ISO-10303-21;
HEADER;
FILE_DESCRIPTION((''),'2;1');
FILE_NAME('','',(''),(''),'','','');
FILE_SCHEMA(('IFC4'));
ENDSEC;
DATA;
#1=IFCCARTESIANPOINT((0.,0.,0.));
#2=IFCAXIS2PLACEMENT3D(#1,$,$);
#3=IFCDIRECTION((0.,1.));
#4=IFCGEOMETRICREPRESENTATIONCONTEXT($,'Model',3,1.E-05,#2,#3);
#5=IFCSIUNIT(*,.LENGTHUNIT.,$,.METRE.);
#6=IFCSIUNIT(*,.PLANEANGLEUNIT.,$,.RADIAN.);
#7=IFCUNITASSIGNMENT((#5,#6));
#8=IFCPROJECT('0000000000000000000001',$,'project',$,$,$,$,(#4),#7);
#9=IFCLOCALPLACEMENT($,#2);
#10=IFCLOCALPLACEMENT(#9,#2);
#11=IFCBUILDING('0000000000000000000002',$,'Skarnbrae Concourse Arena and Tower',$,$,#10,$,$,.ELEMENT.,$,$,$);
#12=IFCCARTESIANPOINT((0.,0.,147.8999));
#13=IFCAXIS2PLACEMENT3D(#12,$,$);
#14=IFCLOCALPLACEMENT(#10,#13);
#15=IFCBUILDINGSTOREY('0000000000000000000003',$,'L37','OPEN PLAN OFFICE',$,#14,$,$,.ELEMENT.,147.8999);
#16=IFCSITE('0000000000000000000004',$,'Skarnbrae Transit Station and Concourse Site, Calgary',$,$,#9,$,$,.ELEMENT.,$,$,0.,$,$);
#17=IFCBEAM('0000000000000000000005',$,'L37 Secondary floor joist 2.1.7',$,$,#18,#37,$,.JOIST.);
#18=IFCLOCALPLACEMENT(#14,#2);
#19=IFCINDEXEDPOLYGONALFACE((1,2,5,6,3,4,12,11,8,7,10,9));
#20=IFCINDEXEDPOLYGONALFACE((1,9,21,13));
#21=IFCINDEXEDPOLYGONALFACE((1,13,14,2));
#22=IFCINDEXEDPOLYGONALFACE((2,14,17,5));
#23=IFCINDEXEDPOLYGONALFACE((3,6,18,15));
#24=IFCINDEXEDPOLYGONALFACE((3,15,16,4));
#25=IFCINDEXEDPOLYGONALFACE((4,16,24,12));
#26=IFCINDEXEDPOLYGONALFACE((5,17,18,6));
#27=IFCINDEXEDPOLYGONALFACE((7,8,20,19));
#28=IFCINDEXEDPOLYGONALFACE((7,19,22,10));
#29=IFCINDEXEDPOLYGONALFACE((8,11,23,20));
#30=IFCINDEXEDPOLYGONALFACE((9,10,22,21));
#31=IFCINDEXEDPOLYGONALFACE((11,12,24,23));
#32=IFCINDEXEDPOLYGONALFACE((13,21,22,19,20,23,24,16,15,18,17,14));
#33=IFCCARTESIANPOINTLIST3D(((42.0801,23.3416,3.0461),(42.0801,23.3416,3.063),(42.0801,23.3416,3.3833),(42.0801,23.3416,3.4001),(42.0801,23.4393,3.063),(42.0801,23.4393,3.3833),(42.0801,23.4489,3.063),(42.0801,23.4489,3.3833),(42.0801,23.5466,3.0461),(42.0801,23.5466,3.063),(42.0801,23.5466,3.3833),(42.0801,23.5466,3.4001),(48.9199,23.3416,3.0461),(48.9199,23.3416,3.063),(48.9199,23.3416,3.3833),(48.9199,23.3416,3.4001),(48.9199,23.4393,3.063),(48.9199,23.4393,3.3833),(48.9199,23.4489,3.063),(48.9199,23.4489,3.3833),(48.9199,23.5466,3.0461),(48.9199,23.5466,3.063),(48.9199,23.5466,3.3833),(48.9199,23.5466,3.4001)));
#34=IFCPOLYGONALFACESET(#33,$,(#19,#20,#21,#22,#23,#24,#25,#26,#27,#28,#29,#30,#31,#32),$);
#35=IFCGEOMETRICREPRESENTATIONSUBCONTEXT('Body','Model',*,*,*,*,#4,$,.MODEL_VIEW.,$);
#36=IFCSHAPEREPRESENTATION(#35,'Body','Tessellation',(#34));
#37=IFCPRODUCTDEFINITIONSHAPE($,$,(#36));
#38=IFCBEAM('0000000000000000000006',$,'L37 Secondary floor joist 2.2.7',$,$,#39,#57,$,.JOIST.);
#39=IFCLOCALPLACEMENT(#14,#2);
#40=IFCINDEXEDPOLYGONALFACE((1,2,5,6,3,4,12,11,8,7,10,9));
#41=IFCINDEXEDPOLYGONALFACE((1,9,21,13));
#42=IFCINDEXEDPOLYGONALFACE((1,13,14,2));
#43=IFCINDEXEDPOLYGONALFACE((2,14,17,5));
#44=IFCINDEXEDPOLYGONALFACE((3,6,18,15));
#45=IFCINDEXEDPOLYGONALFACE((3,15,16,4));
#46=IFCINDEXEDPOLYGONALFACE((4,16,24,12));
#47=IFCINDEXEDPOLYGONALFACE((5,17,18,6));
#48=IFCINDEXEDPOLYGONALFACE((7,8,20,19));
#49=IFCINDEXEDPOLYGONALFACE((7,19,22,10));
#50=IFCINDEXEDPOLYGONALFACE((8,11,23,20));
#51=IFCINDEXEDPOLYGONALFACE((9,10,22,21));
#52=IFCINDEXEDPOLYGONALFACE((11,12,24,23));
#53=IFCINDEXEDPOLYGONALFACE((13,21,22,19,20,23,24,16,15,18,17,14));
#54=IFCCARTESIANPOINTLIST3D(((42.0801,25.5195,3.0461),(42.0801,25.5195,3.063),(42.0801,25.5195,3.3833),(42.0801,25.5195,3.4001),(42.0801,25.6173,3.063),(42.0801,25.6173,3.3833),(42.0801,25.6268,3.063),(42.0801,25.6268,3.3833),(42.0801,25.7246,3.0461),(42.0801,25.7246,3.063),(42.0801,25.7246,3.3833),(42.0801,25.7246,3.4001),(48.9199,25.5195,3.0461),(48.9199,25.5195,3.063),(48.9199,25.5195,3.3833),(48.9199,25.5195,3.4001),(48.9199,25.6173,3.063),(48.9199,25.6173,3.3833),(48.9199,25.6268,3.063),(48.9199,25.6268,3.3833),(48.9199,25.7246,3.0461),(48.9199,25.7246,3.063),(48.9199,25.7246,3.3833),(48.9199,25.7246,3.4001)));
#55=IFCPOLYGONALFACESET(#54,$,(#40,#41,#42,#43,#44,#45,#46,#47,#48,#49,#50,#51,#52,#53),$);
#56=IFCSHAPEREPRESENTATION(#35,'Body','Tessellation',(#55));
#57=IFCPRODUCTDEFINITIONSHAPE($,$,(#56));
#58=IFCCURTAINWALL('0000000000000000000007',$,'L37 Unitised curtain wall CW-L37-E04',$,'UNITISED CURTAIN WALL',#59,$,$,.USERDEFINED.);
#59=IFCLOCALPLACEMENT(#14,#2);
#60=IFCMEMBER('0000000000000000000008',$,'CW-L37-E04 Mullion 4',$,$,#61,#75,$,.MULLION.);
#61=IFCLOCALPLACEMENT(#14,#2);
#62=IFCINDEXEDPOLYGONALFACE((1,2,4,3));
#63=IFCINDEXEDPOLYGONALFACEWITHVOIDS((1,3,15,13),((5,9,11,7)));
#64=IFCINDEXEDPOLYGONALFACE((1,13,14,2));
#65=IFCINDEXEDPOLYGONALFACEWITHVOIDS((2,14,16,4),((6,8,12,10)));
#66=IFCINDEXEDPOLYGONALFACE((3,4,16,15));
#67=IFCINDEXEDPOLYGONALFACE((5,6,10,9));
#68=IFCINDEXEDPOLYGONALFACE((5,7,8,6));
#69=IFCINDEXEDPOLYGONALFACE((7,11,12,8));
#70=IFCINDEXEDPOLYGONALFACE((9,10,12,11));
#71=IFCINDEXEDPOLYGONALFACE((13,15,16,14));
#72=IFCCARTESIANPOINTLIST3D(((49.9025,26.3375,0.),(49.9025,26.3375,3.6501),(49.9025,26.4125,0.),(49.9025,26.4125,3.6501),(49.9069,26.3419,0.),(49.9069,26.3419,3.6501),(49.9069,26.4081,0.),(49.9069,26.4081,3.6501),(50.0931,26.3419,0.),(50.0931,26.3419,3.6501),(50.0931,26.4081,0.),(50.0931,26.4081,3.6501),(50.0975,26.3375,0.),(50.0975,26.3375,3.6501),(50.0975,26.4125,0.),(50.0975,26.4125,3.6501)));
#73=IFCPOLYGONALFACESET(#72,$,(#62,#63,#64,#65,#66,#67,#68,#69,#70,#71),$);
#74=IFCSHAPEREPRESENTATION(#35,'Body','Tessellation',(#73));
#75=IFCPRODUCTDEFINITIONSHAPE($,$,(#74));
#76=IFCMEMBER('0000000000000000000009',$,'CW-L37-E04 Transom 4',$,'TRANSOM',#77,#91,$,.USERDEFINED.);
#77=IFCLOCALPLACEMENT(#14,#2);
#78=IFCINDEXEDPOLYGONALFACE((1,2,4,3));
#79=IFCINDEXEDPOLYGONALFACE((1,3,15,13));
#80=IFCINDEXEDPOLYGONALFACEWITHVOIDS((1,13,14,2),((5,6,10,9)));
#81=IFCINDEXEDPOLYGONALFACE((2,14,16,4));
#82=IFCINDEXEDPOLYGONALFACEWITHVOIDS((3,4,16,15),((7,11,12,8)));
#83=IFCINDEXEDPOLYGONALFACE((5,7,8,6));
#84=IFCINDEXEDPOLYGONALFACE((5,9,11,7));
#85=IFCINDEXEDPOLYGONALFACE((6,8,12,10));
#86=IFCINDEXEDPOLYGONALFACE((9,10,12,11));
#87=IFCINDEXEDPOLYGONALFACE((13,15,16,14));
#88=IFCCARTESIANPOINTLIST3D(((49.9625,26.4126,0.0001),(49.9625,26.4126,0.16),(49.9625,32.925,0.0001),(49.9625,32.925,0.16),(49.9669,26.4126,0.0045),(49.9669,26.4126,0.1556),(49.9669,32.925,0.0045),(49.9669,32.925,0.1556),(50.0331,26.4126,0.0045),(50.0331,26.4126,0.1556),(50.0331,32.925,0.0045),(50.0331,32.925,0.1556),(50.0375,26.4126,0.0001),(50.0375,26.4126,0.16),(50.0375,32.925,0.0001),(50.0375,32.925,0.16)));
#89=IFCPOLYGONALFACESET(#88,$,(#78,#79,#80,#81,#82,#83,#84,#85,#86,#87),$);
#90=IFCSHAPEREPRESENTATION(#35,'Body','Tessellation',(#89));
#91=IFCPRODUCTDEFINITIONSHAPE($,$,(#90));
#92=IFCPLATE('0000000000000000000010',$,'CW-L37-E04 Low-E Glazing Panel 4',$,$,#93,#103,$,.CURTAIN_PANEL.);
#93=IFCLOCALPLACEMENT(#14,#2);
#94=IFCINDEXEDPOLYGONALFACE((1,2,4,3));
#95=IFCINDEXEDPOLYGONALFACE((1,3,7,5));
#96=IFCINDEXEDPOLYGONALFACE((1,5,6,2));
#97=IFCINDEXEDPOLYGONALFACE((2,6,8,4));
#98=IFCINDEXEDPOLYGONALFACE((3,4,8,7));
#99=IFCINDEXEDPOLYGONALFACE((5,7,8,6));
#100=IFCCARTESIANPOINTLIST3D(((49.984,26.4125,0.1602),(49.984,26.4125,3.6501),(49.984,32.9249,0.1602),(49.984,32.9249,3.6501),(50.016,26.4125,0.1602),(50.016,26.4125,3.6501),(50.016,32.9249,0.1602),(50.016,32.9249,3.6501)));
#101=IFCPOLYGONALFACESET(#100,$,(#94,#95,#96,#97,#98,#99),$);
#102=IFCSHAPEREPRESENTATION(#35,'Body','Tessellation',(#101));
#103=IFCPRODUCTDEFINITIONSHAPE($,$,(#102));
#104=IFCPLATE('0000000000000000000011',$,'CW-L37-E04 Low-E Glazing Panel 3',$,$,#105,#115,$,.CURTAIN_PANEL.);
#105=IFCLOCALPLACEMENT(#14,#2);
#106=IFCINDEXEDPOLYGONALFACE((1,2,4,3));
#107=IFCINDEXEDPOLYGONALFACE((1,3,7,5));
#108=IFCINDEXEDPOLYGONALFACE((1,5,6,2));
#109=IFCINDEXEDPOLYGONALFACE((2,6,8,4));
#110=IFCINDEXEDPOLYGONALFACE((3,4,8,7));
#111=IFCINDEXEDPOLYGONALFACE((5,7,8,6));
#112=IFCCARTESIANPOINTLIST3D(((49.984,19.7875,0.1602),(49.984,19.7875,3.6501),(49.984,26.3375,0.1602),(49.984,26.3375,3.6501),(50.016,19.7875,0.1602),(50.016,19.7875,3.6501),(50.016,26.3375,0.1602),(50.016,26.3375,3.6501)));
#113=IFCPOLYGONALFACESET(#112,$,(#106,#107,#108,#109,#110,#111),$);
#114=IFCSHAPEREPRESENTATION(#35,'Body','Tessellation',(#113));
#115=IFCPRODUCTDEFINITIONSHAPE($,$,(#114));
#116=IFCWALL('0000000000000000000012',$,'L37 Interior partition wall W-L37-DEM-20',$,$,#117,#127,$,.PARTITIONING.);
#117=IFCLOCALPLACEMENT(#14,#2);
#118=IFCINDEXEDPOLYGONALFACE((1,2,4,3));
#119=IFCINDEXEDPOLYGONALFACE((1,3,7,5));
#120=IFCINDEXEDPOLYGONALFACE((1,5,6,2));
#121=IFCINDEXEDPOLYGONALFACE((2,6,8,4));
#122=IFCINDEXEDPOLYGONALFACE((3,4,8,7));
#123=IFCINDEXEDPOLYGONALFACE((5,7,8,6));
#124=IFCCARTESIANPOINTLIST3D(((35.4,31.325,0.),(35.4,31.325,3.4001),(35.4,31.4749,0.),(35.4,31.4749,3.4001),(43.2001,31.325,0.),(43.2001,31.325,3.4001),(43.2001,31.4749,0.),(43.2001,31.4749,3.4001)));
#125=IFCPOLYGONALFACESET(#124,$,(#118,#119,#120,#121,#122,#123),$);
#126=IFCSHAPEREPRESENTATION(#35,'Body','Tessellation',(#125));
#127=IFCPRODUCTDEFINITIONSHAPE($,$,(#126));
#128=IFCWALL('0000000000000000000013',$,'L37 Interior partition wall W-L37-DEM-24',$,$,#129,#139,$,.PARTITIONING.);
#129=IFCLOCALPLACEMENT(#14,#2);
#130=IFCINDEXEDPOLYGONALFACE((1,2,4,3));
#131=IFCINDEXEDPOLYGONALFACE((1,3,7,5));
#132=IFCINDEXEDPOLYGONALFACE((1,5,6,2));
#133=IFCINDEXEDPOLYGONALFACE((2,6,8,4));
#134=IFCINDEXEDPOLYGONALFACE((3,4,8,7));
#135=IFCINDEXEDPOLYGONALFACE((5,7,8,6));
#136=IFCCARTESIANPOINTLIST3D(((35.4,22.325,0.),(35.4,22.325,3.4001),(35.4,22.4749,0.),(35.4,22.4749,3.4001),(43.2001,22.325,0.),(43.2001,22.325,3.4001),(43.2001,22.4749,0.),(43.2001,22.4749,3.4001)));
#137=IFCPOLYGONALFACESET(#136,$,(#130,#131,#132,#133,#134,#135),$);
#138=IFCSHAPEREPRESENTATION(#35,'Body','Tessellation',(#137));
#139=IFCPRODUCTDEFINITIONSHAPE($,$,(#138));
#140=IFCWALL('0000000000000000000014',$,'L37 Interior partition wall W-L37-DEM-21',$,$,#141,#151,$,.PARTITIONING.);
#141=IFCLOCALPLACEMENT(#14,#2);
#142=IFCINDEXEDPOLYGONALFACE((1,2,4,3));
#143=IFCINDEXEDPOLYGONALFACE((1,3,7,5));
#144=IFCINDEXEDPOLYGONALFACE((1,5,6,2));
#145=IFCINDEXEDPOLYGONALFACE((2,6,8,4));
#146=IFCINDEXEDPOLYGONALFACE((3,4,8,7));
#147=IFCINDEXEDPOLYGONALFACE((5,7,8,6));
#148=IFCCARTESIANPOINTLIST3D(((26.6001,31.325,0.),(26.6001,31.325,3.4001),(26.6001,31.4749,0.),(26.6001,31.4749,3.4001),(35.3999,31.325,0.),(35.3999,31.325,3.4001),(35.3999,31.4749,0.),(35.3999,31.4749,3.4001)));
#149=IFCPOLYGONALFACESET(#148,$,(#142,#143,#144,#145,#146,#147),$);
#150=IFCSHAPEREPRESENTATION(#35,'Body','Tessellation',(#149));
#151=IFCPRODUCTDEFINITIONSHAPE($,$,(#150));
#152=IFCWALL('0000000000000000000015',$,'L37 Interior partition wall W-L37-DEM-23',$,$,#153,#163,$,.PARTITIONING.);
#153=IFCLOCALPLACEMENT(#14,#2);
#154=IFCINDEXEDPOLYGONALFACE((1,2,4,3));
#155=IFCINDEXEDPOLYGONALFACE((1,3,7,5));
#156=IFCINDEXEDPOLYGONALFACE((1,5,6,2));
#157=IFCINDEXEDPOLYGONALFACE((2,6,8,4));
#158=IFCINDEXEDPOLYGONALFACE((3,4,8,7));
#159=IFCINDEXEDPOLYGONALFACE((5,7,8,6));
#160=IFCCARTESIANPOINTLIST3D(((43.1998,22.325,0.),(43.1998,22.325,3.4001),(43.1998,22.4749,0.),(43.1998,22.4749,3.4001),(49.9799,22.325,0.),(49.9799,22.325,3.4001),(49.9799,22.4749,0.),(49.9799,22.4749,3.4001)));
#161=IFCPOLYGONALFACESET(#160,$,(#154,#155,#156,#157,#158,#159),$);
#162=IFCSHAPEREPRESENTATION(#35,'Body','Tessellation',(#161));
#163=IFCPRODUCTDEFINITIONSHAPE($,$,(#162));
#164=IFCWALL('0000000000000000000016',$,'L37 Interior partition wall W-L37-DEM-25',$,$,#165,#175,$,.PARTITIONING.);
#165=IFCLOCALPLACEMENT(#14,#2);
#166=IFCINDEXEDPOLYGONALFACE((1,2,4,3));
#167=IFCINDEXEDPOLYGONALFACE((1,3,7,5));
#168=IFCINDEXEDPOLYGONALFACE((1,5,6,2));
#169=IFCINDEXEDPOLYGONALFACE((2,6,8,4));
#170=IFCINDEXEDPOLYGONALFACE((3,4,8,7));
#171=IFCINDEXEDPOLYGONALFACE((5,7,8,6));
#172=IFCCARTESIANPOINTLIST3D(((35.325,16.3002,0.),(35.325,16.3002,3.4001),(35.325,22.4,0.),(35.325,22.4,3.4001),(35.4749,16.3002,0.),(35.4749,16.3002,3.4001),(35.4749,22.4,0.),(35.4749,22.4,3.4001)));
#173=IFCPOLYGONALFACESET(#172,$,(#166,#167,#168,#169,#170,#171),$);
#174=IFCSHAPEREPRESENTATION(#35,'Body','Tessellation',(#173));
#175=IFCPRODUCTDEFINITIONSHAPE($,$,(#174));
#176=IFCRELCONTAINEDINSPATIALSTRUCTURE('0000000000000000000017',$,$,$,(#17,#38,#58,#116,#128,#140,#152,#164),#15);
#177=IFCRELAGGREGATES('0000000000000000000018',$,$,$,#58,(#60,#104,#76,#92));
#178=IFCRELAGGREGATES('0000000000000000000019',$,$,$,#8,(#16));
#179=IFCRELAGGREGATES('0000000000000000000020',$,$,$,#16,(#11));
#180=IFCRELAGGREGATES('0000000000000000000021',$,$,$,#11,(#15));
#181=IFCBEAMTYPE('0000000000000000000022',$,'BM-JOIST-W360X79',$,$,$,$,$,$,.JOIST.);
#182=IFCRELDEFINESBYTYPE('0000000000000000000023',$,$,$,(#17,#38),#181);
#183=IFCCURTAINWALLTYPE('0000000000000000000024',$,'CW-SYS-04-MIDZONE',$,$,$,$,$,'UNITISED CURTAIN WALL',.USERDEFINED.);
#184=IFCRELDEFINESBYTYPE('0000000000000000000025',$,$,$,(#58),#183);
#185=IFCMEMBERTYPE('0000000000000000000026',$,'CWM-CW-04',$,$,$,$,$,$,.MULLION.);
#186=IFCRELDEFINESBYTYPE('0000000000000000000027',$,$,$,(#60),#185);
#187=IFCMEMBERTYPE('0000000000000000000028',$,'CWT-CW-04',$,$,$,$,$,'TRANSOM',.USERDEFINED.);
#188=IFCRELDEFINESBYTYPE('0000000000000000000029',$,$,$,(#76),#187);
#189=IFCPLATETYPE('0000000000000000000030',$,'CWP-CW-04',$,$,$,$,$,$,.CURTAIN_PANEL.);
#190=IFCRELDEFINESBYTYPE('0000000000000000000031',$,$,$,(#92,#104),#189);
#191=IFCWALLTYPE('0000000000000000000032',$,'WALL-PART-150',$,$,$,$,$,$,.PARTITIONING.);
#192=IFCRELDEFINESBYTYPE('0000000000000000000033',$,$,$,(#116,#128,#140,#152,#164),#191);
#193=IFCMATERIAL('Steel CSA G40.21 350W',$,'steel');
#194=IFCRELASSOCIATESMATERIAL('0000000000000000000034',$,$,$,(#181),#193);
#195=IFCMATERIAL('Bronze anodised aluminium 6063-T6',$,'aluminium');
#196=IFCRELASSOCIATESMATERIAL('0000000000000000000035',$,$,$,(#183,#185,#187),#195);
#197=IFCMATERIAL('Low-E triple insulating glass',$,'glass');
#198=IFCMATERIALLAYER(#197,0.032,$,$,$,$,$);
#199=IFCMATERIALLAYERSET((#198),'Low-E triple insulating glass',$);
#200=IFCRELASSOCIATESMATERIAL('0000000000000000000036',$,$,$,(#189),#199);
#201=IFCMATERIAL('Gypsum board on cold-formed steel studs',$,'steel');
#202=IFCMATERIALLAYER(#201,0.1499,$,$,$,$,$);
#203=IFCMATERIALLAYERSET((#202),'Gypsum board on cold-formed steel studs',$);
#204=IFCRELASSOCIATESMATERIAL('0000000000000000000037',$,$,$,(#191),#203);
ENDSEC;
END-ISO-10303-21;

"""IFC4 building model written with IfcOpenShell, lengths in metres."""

from ifc_helpers import new_model, si_unit, direction, frame, frame_2d, origin, origin_2d, place, context, subcontext, project, spatial, rectangle, hollow_rectangle, i_section, extrude, source, transform, mapped, material, layer, layer_set, material_profile, profile_set, type_object, element, aggregate, save


model = new_model("IFC4")

# Units and contexts
model_context = context("Model", 3, precision=1e-05, world=origin(), true_north=direction((0.0, 1.0)))
body_context = subcontext(model_context, "Body", "Model", "MODEL_VIEW")
ifc_project = project(units=[si_unit("LENGTHUNIT", "METRE"), si_unit("PLANEANGLEUNIT", "RADIAN")], contexts=[model_context])

# Site, building, storey
site_placement = place(None, origin())
site = spatial("IfcSite", under=ifc_project, at=site_placement, Name="Skarnbrae Transit Station and Concourse Site, Calgary", CompositionType="ELEMENT", RefElevation=0.0)
building_placement = place(site_placement, origin())
building = spatial("IfcBuilding", under=site, at=building_placement, Name="Skarnbrae Concourse Arena and Tower", CompositionType="ELEMENT")
storey_placement = place(building_placement, frame((0.0, 0.0, 147.8999)))
storey = spatial("IfcBuildingStorey", under=building, at=storey_placement, Name="L37", Description="OPEN PLAN OFFICE", CompositionType="ELEMENT", Elevation=147.8999)

# Shared definitions
ifc_material_1 = material(Name="Steel CSA G40.21 350W", Category="steel")

# Beams
ifc_material_profile_1 = material_profile(ifc_material_1, i_section(OverallWidth=0.2051, OverallDepth=0.354, WebThickness=0.0095, FlangeThickness=0.0168, at=origin_2d()), Name="W360X79")
ifc_profile_set_1 = profile_set([ifc_material_profile_1], Name="Steel CSA G40.21 350W")
beam_type_1 = type_object("IfcBeamType", Name="BM-JOIST-W360X79", PredefinedType="JOIST", material=ifc_profile_set_1)
shared_shape_1 = source(origin(), body_context, "Body", "SweptSolid", [
    extrude(i_section(OverallWidth=0.2051, OverallDepth=0.354, WebThickness=0.0095, FlangeThickness=0.0168, at=origin_2d()), origin(), (0.0, 0.0, 1.0), 6.8398),
])
for number, where, z_axis, x_axis, name in (
    (1, (42.0801, 23.4441, 3.2231), (1.0, 0.0, 0.0), (0.0, 1.0, 0.0), "L37 Secondary floor joist 2.1.7"),
    (2, (42.0801, 25.6221, 3.2231), (1.0, 0.0, 0.0), (0.0, 1.0, 0.0), "L37 Secondary floor joist 2.2.7"),
):
    element("IfcBeam", number, at=place(storey_placement, frame(where, z_axis=z_axis, x_axis=x_axis)), inside=storey, type_object=beam_type_1, Name=name, PredefinedType="JOIST", context=body_context, shape_type="MappedRepresentation", body=[
        mapped(shared_shape_1, transform((0.0, 0.0, 0.0))),
    ])

# Curtain wall, members, plates
ifc_material_2 = material(Name="Bronze anodised aluminium 6063-T6", Category="aluminium")
curtain_wall_type = type_object("IfcCurtainWallType", Name="CW-SYS-04-MIDZONE", ElementType="UNITISED CURTAIN WALL", PredefinedType="USERDEFINED", material=ifc_material_2)
curtain_wall_placement = place(storey_placement, origin())
curtain_wall = element("IfcCurtainWall", 3, at=curtain_wall_placement, inside=storey, type_object=curtain_wall_type, Name="L37 Unitised curtain wall CW-L37-E04", ObjectType="UNITISED CURTAIN WALL", PredefinedType="USERDEFINED")
ifc_material_profile_2 = material_profile(ifc_material_2, hollow_rectangle(XDim=0.075, YDim=0.1951, WallThickness=0.0044, at=origin_2d()), Name="ALU-MULL-75X195")
ifc_profile_set_2 = profile_set([ifc_material_profile_2], Name="Bronze anodised aluminium 6063-T6")
member_type_1 = type_object("IfcMemberType", Name="CWM-CW-04", PredefinedType="MULLION", material=ifc_profile_set_2)
shared_shape_2 = source(origin(), body_context, "Body", "SweptSolid", [
    extrude(hollow_rectangle(XDim=0.075, YDim=0.1951, WallThickness=0.0044, at=origin_2d()), origin(), (0.0, 0.0, 1.0), 3.6501),
])
member_1_placement = place(storey_placement, frame((50.0, 26.375, 0.0), z_axis=(0.0, 0.0, 1.0), x_axis=(0.0, 1.0, 0.0)))
member_1 = element("IfcMember", 4, at=member_1_placement, type_object=member_type_1, Name="CW-L37-E04 Mullion 4", PredefinedType="MULLION", context=body_context, shape_type="MappedRepresentation", body=[
    mapped(shared_shape_2, transform((0.0, 0.0, 0.0))),
])
ifc_material_profile_3 = material_profile(ifc_material_2, hollow_rectangle(XDim=0.075, YDim=0.1599, WallThickness=0.0044, at=origin_2d()), Name="ALU-TRAN-75X160")
ifc_profile_set_3 = profile_set([ifc_material_profile_3], Name="Bronze anodised aluminium 6063-T6")
member_type_2 = type_object("IfcMemberType", Name="CWT-CW-04", ElementType="TRANSOM", PredefinedType="USERDEFINED", material=ifc_profile_set_3)
shared_shape_3 = source(origin(), body_context, "Body", "SweptSolid", [
    extrude(hollow_rectangle(XDim=0.075, YDim=0.1599, WallThickness=0.0044, at=origin_2d()), origin(), (0.0, 0.0, 1.0), 6.5125),
])
member_2_placement = place(storey_placement, frame((50.0, 26.4126, 0.0801), z_axis=(0.0, 1.0, 0.0), x_axis=(-1.0, 0.0, 0.0)))
member_2 = element("IfcMember", 5, at=member_2_placement, type_object=member_type_2, Name="CW-L37-E04 Transom 4", ObjectType="TRANSOM", PredefinedType="USERDEFINED", context=body_context, shape_type="MappedRepresentation", body=[
    mapped(shared_shape_3, transform((0.0, 0.0, 0.0))),
])
ifc_material_3 = material(Name="Low-E triple insulating glass", Category="glass")
ifc_layer_1 = layer(ifc_material_3, 0.032)
ifc_layer_set_1 = layer_set([ifc_layer_1], Name="Low-E triple insulating glass")
plate_type = type_object("IfcPlateType", Name="CWP-CW-04", PredefinedType="CURTAIN_PANEL", material=ifc_layer_set_1)
shared_shape_4 = source(origin(), body_context, "Body", "SweptSolid", [
    extrude(rectangle(XDim=6.5125, YDim=0.032, at=origin_2d()), origin(), (0.0, 0.0, 1.0), 3.49),
])
plate_1_placement = place(storey_placement, frame((50.0, 29.6687, 0.1602), z_axis=(0.0, 0.0, 1.0), x_axis=(0.0, 1.0, 0.0)))
plate_1 = element("IfcPlate", 6, at=plate_1_placement, type_object=plate_type, Name="CW-L37-E04 Low-E Glazing Panel 4", PredefinedType="CURTAIN_PANEL", context=body_context, shape_type="MappedRepresentation", body=[
    mapped(shared_shape_4, transform((0.0, 0.0, 0.0))),
])
shared_shape_5 = source(origin(), body_context, "Body", "SweptSolid", [
    extrude(rectangle(XDim=6.55, YDim=0.032, at=origin_2d()), origin(), (0.0, 0.0, 1.0), 3.49),
])
plate_2_placement = place(storey_placement, frame((50.0, 23.0625, 0.1602), z_axis=(0.0, 0.0, 1.0), x_axis=(0.0, 1.0, 0.0)))
plate_2 = element("IfcPlate", 7, at=plate_2_placement, type_object=plate_type, Name="CW-L37-E04 Low-E Glazing Panel 3", PredefinedType="CURTAIN_PANEL", context=body_context, shape_type="MappedRepresentation", body=[
    mapped(shared_shape_5, transform((0.0, 0.0, 0.0))),
])
aggregate(curtain_wall, [member_1, plate_2, member_2, plate_1])

# Walls
ifc_material_4 = material(Name="Gypsum board on cold-formed steel studs", Category="steel")
ifc_layer_2 = layer(ifc_material_4, 0.1499)
ifc_layer_set_2 = layer_set([ifc_layer_2], Name="Gypsum board on cold-formed steel studs")
wall_type = type_object("IfcWallType", Name="WALL-PART-150", PredefinedType="PARTITIONING", material=ifc_layer_set_2)
shared_shape_6 = source(origin(), body_context, "Body", "SweptSolid", [
    extrude(rectangle(XDim=7.8, YDim=0.1499, at=frame_2d((3.8999, 0.0))), origin(), (0.0, 0.0, 1.0), 3.4001),
])
for number, where, z_axis, x_axis, name in (
    (8, (43.2, 31.3999, 0.0), (0.0, 0.0, 1.0), (-1.0, 0.0, 0.0), "L37 Interior partition wall W-L37-DEM-20"),
    (9, (43.2, 22.3999, 0.0), (0.0, 0.0, 1.0), (-1.0, 0.0, 0.0), "L37 Interior partition wall W-L37-DEM-24"),
):
    element("IfcWall", number, at=place(storey_placement, frame(where, z_axis=z_axis, x_axis=x_axis)), inside=storey, type_object=wall_type, Name=name, PredefinedType="PARTITIONING", context=body_context, shape_type="MappedRepresentation", body=[
        mapped(shared_shape_6, transform((0.0, 0.0, 0.0))),
    ])
shared_shape_7 = source(origin(), body_context, "Body", "SweptSolid", [
    extrude(rectangle(XDim=8.7998, YDim=0.1499, at=frame_2d((4.3999, 0.0))), origin(), (0.0, 0.0, 1.0), 3.4001),
])
wall_1_placement = place(storey_placement, frame((35.3999, 31.3999, 0.0), z_axis=(0.0, 0.0, 1.0), x_axis=(-1.0, 0.0, 0.0)))
element("IfcWall", 10, at=wall_1_placement, inside=storey, type_object=wall_type, Name="L37 Interior partition wall W-L37-DEM-21", PredefinedType="PARTITIONING", context=body_context, shape_type="MappedRepresentation", body=[
    mapped(shared_shape_7, transform((0.0, 0.0, 0.0))),
])
shared_shape_8 = source(origin(), body_context, "Body", "SweptSolid", [
    extrude(rectangle(XDim=6.78, YDim=0.1499, at=frame_2d((3.3901, 0.0))), origin(), (0.0, 0.0, 1.0), 3.4001),
])
wall_2_placement = place(storey_placement, frame((49.98, 22.3999, 0.0), z_axis=(0.0, 0.0, 1.0), x_axis=(-1.0, 0.0, 0.0)))
element("IfcWall", 11, at=wall_2_placement, inside=storey, type_object=wall_type, Name="L37 Interior partition wall W-L37-DEM-23", PredefinedType="PARTITIONING", context=body_context, shape_type="MappedRepresentation", body=[
    mapped(shared_shape_8, transform((0.0, 0.0, 0.0))),
])
shared_shape_9 = source(origin(), body_context, "Body", "SweptSolid", [
    extrude(rectangle(XDim=6.0999, YDim=0.1499, at=frame_2d((3.0498, 0.0))), origin(), (0.0, 0.0, 1.0), 3.4001),
])
wall_3_placement = place(storey_placement, frame((35.3999, 22.3999, 0.0), z_axis=(0.0, 0.0, 1.0), x_axis=(0.0, -1.0, 0.0)))
element("IfcWall", 12, at=wall_3_placement, inside=storey, type_object=wall_type, Name="L37 Interior partition wall W-L37-DEM-25", PredefinedType="PARTITIONING", context=body_context, shape_type="MappedRepresentation", body=[
    mapped(shared_shape_9, transform((0.0, 0.0, 0.0))),
])

save(model, "model.ifc")
